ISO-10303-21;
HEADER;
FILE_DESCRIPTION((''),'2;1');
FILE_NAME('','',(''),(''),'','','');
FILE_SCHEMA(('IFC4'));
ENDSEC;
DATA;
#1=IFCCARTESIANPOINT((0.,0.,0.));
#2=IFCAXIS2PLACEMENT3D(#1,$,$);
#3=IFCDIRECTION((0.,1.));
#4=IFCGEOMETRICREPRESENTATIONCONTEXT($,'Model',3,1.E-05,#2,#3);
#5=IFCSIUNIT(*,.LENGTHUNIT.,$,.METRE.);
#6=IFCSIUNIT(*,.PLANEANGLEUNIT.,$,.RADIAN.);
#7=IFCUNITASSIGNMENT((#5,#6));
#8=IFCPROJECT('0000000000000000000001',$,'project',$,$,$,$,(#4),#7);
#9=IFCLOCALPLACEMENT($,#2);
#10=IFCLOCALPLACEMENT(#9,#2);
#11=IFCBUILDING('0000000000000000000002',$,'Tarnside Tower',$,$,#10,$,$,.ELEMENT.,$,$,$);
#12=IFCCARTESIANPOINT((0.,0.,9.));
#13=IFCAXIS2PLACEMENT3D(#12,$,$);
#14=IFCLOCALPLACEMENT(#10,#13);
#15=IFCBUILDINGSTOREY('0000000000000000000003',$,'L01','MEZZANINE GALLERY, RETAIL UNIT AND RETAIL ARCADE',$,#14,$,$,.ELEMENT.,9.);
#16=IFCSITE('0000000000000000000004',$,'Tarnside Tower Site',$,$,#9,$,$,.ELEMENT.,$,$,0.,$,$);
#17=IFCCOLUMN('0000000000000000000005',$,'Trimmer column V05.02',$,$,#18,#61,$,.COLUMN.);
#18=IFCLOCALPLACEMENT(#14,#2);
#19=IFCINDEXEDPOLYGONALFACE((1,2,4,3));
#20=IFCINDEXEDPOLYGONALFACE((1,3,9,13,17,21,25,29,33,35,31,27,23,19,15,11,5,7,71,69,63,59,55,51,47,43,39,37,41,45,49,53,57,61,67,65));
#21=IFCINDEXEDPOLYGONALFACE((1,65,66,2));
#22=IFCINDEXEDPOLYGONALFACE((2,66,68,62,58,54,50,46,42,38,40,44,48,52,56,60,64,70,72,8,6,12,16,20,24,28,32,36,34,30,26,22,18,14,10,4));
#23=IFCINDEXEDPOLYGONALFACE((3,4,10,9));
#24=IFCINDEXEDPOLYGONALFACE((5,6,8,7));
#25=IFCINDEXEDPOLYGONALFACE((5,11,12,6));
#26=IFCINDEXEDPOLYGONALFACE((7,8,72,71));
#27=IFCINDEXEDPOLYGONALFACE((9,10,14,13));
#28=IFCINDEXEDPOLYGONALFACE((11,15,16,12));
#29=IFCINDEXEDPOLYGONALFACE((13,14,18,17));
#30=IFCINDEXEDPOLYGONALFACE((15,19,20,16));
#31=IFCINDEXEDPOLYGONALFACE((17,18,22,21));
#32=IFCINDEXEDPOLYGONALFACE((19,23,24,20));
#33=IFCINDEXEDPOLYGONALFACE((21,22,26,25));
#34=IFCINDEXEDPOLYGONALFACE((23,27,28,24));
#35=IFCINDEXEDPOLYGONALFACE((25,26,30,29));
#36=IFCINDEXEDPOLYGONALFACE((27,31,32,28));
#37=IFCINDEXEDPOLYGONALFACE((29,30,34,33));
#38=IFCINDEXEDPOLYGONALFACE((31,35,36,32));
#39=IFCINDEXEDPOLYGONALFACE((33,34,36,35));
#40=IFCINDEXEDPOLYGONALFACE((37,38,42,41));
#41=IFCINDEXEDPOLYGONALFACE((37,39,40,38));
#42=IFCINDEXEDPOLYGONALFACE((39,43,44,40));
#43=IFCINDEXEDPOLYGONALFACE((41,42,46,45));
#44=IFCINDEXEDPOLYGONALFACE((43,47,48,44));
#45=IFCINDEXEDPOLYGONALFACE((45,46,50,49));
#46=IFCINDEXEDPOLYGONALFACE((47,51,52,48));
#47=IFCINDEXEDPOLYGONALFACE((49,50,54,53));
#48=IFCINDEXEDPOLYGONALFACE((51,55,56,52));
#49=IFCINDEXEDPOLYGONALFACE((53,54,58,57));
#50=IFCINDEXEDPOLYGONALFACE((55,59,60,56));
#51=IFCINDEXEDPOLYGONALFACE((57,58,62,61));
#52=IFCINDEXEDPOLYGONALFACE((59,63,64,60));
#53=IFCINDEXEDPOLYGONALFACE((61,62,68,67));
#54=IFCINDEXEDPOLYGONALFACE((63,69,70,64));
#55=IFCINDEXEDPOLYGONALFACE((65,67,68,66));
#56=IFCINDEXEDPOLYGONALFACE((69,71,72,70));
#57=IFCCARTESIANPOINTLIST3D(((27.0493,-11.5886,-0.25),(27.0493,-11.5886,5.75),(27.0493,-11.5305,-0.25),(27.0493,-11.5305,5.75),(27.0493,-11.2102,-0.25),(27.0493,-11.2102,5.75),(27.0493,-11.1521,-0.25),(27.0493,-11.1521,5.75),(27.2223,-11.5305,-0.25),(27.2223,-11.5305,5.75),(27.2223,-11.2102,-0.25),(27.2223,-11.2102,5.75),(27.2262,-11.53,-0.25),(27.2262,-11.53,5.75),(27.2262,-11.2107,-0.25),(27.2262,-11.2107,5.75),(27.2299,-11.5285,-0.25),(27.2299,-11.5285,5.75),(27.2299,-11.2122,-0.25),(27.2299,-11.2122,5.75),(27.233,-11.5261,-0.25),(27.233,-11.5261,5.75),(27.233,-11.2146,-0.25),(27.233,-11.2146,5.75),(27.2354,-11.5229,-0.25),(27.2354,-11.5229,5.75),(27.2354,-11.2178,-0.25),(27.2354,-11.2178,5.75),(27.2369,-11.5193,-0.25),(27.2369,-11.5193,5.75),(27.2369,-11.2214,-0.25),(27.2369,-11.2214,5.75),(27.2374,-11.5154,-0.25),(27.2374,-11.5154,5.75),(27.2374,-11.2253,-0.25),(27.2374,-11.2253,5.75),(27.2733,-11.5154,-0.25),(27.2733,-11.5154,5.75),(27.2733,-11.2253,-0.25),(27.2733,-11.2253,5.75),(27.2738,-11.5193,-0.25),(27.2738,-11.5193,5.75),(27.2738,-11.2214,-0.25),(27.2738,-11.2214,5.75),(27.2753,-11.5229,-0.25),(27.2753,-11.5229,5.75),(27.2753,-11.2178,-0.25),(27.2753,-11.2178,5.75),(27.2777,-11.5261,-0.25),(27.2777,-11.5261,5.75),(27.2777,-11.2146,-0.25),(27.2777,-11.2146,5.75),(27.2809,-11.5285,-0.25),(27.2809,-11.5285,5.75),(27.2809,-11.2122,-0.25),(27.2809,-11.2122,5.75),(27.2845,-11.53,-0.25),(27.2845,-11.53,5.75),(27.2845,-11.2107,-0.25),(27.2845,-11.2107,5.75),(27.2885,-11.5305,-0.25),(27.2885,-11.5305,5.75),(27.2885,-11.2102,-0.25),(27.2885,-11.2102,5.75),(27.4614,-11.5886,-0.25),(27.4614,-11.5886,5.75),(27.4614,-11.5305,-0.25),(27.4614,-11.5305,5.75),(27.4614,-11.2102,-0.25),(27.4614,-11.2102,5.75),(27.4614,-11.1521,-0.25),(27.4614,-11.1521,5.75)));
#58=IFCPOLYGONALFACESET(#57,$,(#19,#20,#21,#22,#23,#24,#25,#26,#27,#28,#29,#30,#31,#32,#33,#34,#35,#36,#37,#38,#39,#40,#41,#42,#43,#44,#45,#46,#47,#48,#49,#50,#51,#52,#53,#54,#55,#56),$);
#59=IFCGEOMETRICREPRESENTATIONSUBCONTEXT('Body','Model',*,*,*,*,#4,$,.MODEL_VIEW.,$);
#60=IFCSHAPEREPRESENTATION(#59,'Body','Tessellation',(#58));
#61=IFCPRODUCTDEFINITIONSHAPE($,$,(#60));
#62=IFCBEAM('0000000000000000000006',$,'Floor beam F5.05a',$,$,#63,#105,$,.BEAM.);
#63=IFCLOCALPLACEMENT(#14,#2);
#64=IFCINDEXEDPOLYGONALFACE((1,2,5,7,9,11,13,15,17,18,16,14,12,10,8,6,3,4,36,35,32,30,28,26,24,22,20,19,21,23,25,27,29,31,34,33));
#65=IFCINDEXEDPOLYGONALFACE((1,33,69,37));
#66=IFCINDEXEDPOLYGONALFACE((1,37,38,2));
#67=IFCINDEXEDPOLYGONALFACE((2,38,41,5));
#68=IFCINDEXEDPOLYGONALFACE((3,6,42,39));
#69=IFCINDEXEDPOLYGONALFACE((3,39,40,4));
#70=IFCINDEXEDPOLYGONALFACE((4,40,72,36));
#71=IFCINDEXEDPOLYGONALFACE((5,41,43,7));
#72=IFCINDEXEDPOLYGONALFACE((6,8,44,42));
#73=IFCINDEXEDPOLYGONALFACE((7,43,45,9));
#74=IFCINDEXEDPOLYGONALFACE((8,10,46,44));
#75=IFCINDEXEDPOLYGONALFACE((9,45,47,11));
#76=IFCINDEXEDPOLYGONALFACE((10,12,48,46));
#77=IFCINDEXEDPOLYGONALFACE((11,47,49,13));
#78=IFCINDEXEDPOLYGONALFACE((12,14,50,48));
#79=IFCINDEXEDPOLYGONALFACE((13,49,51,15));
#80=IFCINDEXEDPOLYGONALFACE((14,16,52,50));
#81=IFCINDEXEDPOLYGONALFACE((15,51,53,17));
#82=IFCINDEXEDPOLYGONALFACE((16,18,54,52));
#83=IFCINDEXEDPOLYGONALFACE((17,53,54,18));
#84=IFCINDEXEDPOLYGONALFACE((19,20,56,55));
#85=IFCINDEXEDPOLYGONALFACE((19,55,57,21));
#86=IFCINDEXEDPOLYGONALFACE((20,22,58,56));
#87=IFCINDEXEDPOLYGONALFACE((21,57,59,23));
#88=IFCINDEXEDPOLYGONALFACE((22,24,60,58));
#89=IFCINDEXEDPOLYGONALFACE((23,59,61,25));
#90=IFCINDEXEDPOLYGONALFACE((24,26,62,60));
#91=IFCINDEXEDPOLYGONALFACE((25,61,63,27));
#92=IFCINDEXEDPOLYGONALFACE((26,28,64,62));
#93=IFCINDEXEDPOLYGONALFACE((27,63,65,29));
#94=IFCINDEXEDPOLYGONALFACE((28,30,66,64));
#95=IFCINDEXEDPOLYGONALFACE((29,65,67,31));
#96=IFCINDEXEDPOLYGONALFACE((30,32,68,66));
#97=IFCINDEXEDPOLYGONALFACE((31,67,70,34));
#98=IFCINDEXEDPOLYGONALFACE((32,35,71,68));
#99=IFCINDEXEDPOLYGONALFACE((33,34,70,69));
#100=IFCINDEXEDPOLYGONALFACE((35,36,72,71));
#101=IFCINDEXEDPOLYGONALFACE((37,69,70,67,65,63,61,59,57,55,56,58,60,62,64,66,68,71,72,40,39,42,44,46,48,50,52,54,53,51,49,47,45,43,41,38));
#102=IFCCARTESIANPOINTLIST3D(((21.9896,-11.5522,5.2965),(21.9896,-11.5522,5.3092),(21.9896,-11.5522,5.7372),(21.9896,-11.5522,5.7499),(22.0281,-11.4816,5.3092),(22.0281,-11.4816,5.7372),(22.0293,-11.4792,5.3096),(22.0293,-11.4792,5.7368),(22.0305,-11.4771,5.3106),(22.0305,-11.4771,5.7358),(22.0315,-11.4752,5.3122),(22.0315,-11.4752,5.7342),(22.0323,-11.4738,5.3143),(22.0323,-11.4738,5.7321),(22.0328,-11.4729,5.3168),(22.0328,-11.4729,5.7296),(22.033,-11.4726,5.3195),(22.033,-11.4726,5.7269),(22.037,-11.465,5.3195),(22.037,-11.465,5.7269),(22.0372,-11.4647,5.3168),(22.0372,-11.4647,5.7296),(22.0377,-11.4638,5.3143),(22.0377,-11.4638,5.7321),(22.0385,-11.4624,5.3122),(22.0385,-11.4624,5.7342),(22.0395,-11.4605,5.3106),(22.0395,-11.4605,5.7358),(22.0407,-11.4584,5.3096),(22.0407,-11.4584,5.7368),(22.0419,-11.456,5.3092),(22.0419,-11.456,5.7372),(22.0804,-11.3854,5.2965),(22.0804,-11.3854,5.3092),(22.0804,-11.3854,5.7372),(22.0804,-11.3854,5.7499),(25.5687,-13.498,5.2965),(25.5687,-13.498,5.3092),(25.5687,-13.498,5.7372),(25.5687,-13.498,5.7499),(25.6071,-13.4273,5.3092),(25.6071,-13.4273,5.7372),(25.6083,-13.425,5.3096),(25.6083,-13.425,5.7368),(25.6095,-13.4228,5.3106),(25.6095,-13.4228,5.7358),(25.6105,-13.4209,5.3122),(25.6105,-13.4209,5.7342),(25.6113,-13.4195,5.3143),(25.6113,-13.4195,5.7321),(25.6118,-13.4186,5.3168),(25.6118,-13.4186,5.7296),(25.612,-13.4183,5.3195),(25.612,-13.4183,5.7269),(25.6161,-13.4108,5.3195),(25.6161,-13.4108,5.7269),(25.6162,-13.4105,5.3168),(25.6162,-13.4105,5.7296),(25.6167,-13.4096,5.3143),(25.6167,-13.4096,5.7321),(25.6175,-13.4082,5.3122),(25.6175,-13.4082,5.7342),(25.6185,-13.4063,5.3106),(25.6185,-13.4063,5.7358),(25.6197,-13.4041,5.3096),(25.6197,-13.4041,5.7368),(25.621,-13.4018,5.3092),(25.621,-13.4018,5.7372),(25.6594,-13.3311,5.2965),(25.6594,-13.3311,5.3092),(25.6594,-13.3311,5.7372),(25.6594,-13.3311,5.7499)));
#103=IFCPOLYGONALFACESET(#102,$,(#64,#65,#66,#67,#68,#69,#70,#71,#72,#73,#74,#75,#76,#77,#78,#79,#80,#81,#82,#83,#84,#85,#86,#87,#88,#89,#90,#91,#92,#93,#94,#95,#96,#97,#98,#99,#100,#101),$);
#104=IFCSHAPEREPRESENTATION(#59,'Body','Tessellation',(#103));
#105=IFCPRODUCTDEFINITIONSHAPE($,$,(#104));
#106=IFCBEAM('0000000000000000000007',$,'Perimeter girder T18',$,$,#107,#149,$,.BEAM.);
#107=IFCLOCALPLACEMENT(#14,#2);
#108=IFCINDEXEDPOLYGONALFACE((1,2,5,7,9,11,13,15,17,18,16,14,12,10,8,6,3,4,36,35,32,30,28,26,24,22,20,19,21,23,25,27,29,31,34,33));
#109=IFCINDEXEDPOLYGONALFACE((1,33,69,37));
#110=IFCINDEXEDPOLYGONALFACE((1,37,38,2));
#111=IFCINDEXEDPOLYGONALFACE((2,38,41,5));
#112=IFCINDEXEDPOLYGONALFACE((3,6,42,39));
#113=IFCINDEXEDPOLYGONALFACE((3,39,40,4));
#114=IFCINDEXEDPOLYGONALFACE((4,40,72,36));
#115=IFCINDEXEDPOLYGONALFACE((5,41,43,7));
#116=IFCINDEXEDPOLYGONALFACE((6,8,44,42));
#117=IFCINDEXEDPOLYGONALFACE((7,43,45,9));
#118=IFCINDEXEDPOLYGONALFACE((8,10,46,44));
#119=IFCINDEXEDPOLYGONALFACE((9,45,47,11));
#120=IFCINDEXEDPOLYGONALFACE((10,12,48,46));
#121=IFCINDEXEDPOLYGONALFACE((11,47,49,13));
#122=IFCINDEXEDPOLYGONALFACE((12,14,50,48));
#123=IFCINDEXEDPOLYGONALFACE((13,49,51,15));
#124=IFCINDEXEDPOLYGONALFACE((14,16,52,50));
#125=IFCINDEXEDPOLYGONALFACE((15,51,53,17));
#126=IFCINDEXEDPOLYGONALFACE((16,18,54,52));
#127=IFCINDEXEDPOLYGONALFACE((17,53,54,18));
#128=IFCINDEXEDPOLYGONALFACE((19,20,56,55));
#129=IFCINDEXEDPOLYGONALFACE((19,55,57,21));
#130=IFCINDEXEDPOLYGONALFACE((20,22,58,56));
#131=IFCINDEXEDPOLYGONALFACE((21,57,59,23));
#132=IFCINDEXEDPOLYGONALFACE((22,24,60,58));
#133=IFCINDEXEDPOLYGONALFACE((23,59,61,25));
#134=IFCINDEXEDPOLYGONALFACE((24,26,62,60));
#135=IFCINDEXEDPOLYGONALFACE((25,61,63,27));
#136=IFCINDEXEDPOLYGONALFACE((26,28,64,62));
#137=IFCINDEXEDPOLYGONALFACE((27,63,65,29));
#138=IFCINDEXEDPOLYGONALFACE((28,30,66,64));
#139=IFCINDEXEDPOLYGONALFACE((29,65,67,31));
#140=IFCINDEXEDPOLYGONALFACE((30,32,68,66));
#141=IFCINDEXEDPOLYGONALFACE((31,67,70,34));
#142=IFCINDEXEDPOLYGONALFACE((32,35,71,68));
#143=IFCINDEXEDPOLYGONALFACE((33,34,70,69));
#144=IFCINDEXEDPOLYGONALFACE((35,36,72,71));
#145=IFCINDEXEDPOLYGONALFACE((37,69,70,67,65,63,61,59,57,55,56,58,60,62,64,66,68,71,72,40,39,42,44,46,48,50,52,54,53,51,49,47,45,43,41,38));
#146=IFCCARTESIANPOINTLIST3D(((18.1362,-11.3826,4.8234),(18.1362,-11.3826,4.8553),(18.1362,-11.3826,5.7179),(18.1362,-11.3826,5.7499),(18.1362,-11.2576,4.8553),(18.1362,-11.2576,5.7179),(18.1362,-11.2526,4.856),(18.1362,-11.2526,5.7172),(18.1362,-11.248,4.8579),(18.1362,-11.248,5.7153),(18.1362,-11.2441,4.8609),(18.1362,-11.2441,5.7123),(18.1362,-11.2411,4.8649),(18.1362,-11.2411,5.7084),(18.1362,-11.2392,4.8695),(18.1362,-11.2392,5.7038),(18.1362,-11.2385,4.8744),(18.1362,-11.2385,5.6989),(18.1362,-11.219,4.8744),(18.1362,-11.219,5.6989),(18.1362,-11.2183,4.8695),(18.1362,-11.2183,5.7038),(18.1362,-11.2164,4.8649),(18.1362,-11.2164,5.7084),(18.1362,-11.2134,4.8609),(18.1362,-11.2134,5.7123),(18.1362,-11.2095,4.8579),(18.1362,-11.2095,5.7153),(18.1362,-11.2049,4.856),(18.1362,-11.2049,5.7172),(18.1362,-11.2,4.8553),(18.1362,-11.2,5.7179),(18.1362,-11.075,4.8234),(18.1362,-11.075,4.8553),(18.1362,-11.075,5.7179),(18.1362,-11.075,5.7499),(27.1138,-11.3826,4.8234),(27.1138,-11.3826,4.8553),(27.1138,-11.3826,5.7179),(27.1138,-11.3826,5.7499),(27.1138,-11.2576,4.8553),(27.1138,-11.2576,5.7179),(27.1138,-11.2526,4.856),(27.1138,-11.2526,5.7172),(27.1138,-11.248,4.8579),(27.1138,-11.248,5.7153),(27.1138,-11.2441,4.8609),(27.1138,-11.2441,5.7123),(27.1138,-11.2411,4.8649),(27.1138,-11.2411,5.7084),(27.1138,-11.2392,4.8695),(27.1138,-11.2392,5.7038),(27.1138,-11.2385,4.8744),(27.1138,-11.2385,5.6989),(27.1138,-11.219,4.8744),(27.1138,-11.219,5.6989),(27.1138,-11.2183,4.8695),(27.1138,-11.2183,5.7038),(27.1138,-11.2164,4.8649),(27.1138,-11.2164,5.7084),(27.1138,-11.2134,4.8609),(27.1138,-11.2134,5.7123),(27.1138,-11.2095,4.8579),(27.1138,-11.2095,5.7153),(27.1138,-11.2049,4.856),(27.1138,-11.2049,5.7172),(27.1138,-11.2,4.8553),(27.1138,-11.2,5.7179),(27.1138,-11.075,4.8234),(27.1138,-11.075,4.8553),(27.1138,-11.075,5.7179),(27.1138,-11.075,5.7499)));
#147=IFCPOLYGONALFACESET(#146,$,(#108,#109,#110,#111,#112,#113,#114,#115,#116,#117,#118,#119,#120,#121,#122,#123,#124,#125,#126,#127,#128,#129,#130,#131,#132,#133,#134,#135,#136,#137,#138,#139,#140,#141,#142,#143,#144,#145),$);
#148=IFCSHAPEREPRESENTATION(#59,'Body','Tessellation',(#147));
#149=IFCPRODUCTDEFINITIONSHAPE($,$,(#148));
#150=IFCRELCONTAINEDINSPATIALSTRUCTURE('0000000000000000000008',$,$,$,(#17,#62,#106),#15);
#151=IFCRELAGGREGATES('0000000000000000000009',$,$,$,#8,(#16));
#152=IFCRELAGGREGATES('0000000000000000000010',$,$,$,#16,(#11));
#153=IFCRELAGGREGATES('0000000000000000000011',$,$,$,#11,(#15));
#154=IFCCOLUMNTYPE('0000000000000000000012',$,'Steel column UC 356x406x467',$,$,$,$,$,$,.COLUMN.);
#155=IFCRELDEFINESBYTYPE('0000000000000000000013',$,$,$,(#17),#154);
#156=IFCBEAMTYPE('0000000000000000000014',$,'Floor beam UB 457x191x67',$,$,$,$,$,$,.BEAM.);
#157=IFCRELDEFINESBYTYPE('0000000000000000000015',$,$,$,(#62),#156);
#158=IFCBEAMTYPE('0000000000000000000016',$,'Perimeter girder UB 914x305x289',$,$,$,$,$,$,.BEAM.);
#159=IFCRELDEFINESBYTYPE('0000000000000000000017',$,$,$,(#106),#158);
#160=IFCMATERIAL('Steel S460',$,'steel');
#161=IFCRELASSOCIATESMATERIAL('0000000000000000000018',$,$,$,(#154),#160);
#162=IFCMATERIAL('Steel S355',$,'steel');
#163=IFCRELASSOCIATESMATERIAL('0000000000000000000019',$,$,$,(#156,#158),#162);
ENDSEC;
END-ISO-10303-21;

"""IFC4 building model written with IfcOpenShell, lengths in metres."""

from ifc_helpers import new_model, si_unit, direction, frame, origin, origin_2d, place, context, subcontext, project, spatial, i_section, extrude, material, material_profile, profile_set, type_object, element, save


model = new_model("IFC4")

# Units and contexts
model_context = context("Model", 3, precision=1e-05, world=origin(), true_north=direction((0.0, 1.0)))
body_context = subcontext(model_context, "Body", "Model", "MODEL_VIEW")
ifc_project = project(units=[si_unit("LENGTHUNIT", "METRE"), si_unit("PLANEANGLEUNIT", "RADIAN")], contexts=[model_context])

# Site, building, storey
site_placement = place(None, origin())
site = spatial("IfcSite", under=ifc_project, at=site_placement, Name="Tarnside Tower Site", CompositionType="ELEMENT", RefElevation=0.0)
building_placement = place(site_placement, origin())
building = spatial("IfcBuilding", under=site, at=building_placement, Name="Tarnside Tower", CompositionType="ELEMENT")
storey_placement = place(building_placement, frame((0.0, 0.0, 9.0)))
storey = spatial("IfcBuildingStorey", under=building, at=storey_placement, Name="L01", Description="MEZZANINE GALLERY, RETAIL UNIT AND RETAIL ARCADE", CompositionType="ELEMENT", Elevation=9.0)

# Column
ifc_material_1 = material(Name="Steel S460", Category="steel")
ifc_material_profile_1 = material_profile(ifc_material_1, i_section(OverallWidth=0.4121, OverallDepth=0.4365, WebThickness=0.0359, FlangeThickness=0.0581, FilletRadius=0.0151, at=origin_2d()), Name="UC 356x406x467")
ifc_profile_set_1 = profile_set([ifc_material_profile_1], Name="Steel S460")
column_type = type_object("IfcColumnType", Name="Steel column UC 356x406x467", PredefinedType="COLUMN", material=ifc_profile_set_1)
column_placement = place(storey_placement, frame((27.2554, -11.3704, -0.25), z_axis=(0.0, 0.0, 1.0), x_axis=(1.0, 0.0, 0.0)))
element("IfcColumn", 1, at=column_placement, inside=storey, type_object=column_type, Name="Trimmer column V05.02", PredefinedType="COLUMN", context=body_context, shape_type="SweptSolid", body=[
    extrude(i_section(OverallWidth=0.4121, OverallDepth=0.4365, WebThickness=0.0359, FlangeThickness=0.0581, FilletRadius=0.0151, at=origin_2d()), origin(), (0.0, 0.0, 1.0), 6.0),
])

# Beams
ifc_material_2 = material(Name="Steel S355", Category="steel")
ifc_material_profile_2 = material_profile(ifc_material_2, i_section(OverallWidth=0.1899, OverallDepth=0.4534, WebThickness=0.0085, FlangeThickness=0.0127, FilletRadius=0.0103, at=origin_2d()), Name="UB 457x191x67")
ifc_profile_set_2 = profile_set([ifc_material_profile_2], Name="Steel S355")
beam_type_1 = type_object("IfcBeamType", Name="Floor beam UB 457x191x67", PredefinedType="BEAM", material=ifc_profile_set_2)
beam_1_placement = place(storey_placement, frame((25.614, -13.4146, 5.5232), z_axis=(-0.878559, 0.477634, 0.0), x_axis=(-0.477634, -0.878559, 0.0)))
element("IfcBeam", 2, at=beam_1_placement, inside=storey, type_object=beam_type_1, Name="Floor beam F5.05a", PredefinedType="BEAM", context=body_context, shape_type="SweptSolid", body=[
    extrude(i_section(OverallWidth=0.1899, OverallDepth=0.4534, WebThickness=0.0085, FlangeThickness=0.0127, FilletRadius=0.0103, at=origin_2d()), origin(), (0.0, 0.0, 1.0), 4.0737),
])
ifc_material_profile_3 = material_profile(ifc_material_2, i_section(OverallWidth=0.3076, OverallDepth=0.9265, WebThickness=0.0195, FlangeThickness=0.032, FilletRadius=0.019, at=origin_2d()), Name="UB 914x305x289")
ifc_profile_set_3 = profile_set([ifc_material_profile_3], Name="Steel S355")
beam_type_2 = type_object("IfcBeamType", Name="Perimeter girder UB 914x305x289", PredefinedType="BEAM", material=ifc_profile_set_3)
beam_2_placement = place(storey_placement, frame((27.1138, -11.2288, 5.2866), z_axis=(-1.0, 0.0, 0.0), x_axis=(0.0, -1.0, 0.0)))
element("IfcBeam", 3, at=beam_2_placement, inside=storey, type_object=beam_type_2, Name="Perimeter girder T18", PredefinedType="BEAM", context=body_context, shape_type="SweptSolid", body=[
    extrude(i_section(OverallWidth=0.3076, OverallDepth=0.9265, WebThickness=0.0195, FlangeThickness=0.032, FilletRadius=0.019, at=origin_2d()), origin(), (0.0, 0.0, 1.0), 8.9775),
])

save(model, "model.ifc")
